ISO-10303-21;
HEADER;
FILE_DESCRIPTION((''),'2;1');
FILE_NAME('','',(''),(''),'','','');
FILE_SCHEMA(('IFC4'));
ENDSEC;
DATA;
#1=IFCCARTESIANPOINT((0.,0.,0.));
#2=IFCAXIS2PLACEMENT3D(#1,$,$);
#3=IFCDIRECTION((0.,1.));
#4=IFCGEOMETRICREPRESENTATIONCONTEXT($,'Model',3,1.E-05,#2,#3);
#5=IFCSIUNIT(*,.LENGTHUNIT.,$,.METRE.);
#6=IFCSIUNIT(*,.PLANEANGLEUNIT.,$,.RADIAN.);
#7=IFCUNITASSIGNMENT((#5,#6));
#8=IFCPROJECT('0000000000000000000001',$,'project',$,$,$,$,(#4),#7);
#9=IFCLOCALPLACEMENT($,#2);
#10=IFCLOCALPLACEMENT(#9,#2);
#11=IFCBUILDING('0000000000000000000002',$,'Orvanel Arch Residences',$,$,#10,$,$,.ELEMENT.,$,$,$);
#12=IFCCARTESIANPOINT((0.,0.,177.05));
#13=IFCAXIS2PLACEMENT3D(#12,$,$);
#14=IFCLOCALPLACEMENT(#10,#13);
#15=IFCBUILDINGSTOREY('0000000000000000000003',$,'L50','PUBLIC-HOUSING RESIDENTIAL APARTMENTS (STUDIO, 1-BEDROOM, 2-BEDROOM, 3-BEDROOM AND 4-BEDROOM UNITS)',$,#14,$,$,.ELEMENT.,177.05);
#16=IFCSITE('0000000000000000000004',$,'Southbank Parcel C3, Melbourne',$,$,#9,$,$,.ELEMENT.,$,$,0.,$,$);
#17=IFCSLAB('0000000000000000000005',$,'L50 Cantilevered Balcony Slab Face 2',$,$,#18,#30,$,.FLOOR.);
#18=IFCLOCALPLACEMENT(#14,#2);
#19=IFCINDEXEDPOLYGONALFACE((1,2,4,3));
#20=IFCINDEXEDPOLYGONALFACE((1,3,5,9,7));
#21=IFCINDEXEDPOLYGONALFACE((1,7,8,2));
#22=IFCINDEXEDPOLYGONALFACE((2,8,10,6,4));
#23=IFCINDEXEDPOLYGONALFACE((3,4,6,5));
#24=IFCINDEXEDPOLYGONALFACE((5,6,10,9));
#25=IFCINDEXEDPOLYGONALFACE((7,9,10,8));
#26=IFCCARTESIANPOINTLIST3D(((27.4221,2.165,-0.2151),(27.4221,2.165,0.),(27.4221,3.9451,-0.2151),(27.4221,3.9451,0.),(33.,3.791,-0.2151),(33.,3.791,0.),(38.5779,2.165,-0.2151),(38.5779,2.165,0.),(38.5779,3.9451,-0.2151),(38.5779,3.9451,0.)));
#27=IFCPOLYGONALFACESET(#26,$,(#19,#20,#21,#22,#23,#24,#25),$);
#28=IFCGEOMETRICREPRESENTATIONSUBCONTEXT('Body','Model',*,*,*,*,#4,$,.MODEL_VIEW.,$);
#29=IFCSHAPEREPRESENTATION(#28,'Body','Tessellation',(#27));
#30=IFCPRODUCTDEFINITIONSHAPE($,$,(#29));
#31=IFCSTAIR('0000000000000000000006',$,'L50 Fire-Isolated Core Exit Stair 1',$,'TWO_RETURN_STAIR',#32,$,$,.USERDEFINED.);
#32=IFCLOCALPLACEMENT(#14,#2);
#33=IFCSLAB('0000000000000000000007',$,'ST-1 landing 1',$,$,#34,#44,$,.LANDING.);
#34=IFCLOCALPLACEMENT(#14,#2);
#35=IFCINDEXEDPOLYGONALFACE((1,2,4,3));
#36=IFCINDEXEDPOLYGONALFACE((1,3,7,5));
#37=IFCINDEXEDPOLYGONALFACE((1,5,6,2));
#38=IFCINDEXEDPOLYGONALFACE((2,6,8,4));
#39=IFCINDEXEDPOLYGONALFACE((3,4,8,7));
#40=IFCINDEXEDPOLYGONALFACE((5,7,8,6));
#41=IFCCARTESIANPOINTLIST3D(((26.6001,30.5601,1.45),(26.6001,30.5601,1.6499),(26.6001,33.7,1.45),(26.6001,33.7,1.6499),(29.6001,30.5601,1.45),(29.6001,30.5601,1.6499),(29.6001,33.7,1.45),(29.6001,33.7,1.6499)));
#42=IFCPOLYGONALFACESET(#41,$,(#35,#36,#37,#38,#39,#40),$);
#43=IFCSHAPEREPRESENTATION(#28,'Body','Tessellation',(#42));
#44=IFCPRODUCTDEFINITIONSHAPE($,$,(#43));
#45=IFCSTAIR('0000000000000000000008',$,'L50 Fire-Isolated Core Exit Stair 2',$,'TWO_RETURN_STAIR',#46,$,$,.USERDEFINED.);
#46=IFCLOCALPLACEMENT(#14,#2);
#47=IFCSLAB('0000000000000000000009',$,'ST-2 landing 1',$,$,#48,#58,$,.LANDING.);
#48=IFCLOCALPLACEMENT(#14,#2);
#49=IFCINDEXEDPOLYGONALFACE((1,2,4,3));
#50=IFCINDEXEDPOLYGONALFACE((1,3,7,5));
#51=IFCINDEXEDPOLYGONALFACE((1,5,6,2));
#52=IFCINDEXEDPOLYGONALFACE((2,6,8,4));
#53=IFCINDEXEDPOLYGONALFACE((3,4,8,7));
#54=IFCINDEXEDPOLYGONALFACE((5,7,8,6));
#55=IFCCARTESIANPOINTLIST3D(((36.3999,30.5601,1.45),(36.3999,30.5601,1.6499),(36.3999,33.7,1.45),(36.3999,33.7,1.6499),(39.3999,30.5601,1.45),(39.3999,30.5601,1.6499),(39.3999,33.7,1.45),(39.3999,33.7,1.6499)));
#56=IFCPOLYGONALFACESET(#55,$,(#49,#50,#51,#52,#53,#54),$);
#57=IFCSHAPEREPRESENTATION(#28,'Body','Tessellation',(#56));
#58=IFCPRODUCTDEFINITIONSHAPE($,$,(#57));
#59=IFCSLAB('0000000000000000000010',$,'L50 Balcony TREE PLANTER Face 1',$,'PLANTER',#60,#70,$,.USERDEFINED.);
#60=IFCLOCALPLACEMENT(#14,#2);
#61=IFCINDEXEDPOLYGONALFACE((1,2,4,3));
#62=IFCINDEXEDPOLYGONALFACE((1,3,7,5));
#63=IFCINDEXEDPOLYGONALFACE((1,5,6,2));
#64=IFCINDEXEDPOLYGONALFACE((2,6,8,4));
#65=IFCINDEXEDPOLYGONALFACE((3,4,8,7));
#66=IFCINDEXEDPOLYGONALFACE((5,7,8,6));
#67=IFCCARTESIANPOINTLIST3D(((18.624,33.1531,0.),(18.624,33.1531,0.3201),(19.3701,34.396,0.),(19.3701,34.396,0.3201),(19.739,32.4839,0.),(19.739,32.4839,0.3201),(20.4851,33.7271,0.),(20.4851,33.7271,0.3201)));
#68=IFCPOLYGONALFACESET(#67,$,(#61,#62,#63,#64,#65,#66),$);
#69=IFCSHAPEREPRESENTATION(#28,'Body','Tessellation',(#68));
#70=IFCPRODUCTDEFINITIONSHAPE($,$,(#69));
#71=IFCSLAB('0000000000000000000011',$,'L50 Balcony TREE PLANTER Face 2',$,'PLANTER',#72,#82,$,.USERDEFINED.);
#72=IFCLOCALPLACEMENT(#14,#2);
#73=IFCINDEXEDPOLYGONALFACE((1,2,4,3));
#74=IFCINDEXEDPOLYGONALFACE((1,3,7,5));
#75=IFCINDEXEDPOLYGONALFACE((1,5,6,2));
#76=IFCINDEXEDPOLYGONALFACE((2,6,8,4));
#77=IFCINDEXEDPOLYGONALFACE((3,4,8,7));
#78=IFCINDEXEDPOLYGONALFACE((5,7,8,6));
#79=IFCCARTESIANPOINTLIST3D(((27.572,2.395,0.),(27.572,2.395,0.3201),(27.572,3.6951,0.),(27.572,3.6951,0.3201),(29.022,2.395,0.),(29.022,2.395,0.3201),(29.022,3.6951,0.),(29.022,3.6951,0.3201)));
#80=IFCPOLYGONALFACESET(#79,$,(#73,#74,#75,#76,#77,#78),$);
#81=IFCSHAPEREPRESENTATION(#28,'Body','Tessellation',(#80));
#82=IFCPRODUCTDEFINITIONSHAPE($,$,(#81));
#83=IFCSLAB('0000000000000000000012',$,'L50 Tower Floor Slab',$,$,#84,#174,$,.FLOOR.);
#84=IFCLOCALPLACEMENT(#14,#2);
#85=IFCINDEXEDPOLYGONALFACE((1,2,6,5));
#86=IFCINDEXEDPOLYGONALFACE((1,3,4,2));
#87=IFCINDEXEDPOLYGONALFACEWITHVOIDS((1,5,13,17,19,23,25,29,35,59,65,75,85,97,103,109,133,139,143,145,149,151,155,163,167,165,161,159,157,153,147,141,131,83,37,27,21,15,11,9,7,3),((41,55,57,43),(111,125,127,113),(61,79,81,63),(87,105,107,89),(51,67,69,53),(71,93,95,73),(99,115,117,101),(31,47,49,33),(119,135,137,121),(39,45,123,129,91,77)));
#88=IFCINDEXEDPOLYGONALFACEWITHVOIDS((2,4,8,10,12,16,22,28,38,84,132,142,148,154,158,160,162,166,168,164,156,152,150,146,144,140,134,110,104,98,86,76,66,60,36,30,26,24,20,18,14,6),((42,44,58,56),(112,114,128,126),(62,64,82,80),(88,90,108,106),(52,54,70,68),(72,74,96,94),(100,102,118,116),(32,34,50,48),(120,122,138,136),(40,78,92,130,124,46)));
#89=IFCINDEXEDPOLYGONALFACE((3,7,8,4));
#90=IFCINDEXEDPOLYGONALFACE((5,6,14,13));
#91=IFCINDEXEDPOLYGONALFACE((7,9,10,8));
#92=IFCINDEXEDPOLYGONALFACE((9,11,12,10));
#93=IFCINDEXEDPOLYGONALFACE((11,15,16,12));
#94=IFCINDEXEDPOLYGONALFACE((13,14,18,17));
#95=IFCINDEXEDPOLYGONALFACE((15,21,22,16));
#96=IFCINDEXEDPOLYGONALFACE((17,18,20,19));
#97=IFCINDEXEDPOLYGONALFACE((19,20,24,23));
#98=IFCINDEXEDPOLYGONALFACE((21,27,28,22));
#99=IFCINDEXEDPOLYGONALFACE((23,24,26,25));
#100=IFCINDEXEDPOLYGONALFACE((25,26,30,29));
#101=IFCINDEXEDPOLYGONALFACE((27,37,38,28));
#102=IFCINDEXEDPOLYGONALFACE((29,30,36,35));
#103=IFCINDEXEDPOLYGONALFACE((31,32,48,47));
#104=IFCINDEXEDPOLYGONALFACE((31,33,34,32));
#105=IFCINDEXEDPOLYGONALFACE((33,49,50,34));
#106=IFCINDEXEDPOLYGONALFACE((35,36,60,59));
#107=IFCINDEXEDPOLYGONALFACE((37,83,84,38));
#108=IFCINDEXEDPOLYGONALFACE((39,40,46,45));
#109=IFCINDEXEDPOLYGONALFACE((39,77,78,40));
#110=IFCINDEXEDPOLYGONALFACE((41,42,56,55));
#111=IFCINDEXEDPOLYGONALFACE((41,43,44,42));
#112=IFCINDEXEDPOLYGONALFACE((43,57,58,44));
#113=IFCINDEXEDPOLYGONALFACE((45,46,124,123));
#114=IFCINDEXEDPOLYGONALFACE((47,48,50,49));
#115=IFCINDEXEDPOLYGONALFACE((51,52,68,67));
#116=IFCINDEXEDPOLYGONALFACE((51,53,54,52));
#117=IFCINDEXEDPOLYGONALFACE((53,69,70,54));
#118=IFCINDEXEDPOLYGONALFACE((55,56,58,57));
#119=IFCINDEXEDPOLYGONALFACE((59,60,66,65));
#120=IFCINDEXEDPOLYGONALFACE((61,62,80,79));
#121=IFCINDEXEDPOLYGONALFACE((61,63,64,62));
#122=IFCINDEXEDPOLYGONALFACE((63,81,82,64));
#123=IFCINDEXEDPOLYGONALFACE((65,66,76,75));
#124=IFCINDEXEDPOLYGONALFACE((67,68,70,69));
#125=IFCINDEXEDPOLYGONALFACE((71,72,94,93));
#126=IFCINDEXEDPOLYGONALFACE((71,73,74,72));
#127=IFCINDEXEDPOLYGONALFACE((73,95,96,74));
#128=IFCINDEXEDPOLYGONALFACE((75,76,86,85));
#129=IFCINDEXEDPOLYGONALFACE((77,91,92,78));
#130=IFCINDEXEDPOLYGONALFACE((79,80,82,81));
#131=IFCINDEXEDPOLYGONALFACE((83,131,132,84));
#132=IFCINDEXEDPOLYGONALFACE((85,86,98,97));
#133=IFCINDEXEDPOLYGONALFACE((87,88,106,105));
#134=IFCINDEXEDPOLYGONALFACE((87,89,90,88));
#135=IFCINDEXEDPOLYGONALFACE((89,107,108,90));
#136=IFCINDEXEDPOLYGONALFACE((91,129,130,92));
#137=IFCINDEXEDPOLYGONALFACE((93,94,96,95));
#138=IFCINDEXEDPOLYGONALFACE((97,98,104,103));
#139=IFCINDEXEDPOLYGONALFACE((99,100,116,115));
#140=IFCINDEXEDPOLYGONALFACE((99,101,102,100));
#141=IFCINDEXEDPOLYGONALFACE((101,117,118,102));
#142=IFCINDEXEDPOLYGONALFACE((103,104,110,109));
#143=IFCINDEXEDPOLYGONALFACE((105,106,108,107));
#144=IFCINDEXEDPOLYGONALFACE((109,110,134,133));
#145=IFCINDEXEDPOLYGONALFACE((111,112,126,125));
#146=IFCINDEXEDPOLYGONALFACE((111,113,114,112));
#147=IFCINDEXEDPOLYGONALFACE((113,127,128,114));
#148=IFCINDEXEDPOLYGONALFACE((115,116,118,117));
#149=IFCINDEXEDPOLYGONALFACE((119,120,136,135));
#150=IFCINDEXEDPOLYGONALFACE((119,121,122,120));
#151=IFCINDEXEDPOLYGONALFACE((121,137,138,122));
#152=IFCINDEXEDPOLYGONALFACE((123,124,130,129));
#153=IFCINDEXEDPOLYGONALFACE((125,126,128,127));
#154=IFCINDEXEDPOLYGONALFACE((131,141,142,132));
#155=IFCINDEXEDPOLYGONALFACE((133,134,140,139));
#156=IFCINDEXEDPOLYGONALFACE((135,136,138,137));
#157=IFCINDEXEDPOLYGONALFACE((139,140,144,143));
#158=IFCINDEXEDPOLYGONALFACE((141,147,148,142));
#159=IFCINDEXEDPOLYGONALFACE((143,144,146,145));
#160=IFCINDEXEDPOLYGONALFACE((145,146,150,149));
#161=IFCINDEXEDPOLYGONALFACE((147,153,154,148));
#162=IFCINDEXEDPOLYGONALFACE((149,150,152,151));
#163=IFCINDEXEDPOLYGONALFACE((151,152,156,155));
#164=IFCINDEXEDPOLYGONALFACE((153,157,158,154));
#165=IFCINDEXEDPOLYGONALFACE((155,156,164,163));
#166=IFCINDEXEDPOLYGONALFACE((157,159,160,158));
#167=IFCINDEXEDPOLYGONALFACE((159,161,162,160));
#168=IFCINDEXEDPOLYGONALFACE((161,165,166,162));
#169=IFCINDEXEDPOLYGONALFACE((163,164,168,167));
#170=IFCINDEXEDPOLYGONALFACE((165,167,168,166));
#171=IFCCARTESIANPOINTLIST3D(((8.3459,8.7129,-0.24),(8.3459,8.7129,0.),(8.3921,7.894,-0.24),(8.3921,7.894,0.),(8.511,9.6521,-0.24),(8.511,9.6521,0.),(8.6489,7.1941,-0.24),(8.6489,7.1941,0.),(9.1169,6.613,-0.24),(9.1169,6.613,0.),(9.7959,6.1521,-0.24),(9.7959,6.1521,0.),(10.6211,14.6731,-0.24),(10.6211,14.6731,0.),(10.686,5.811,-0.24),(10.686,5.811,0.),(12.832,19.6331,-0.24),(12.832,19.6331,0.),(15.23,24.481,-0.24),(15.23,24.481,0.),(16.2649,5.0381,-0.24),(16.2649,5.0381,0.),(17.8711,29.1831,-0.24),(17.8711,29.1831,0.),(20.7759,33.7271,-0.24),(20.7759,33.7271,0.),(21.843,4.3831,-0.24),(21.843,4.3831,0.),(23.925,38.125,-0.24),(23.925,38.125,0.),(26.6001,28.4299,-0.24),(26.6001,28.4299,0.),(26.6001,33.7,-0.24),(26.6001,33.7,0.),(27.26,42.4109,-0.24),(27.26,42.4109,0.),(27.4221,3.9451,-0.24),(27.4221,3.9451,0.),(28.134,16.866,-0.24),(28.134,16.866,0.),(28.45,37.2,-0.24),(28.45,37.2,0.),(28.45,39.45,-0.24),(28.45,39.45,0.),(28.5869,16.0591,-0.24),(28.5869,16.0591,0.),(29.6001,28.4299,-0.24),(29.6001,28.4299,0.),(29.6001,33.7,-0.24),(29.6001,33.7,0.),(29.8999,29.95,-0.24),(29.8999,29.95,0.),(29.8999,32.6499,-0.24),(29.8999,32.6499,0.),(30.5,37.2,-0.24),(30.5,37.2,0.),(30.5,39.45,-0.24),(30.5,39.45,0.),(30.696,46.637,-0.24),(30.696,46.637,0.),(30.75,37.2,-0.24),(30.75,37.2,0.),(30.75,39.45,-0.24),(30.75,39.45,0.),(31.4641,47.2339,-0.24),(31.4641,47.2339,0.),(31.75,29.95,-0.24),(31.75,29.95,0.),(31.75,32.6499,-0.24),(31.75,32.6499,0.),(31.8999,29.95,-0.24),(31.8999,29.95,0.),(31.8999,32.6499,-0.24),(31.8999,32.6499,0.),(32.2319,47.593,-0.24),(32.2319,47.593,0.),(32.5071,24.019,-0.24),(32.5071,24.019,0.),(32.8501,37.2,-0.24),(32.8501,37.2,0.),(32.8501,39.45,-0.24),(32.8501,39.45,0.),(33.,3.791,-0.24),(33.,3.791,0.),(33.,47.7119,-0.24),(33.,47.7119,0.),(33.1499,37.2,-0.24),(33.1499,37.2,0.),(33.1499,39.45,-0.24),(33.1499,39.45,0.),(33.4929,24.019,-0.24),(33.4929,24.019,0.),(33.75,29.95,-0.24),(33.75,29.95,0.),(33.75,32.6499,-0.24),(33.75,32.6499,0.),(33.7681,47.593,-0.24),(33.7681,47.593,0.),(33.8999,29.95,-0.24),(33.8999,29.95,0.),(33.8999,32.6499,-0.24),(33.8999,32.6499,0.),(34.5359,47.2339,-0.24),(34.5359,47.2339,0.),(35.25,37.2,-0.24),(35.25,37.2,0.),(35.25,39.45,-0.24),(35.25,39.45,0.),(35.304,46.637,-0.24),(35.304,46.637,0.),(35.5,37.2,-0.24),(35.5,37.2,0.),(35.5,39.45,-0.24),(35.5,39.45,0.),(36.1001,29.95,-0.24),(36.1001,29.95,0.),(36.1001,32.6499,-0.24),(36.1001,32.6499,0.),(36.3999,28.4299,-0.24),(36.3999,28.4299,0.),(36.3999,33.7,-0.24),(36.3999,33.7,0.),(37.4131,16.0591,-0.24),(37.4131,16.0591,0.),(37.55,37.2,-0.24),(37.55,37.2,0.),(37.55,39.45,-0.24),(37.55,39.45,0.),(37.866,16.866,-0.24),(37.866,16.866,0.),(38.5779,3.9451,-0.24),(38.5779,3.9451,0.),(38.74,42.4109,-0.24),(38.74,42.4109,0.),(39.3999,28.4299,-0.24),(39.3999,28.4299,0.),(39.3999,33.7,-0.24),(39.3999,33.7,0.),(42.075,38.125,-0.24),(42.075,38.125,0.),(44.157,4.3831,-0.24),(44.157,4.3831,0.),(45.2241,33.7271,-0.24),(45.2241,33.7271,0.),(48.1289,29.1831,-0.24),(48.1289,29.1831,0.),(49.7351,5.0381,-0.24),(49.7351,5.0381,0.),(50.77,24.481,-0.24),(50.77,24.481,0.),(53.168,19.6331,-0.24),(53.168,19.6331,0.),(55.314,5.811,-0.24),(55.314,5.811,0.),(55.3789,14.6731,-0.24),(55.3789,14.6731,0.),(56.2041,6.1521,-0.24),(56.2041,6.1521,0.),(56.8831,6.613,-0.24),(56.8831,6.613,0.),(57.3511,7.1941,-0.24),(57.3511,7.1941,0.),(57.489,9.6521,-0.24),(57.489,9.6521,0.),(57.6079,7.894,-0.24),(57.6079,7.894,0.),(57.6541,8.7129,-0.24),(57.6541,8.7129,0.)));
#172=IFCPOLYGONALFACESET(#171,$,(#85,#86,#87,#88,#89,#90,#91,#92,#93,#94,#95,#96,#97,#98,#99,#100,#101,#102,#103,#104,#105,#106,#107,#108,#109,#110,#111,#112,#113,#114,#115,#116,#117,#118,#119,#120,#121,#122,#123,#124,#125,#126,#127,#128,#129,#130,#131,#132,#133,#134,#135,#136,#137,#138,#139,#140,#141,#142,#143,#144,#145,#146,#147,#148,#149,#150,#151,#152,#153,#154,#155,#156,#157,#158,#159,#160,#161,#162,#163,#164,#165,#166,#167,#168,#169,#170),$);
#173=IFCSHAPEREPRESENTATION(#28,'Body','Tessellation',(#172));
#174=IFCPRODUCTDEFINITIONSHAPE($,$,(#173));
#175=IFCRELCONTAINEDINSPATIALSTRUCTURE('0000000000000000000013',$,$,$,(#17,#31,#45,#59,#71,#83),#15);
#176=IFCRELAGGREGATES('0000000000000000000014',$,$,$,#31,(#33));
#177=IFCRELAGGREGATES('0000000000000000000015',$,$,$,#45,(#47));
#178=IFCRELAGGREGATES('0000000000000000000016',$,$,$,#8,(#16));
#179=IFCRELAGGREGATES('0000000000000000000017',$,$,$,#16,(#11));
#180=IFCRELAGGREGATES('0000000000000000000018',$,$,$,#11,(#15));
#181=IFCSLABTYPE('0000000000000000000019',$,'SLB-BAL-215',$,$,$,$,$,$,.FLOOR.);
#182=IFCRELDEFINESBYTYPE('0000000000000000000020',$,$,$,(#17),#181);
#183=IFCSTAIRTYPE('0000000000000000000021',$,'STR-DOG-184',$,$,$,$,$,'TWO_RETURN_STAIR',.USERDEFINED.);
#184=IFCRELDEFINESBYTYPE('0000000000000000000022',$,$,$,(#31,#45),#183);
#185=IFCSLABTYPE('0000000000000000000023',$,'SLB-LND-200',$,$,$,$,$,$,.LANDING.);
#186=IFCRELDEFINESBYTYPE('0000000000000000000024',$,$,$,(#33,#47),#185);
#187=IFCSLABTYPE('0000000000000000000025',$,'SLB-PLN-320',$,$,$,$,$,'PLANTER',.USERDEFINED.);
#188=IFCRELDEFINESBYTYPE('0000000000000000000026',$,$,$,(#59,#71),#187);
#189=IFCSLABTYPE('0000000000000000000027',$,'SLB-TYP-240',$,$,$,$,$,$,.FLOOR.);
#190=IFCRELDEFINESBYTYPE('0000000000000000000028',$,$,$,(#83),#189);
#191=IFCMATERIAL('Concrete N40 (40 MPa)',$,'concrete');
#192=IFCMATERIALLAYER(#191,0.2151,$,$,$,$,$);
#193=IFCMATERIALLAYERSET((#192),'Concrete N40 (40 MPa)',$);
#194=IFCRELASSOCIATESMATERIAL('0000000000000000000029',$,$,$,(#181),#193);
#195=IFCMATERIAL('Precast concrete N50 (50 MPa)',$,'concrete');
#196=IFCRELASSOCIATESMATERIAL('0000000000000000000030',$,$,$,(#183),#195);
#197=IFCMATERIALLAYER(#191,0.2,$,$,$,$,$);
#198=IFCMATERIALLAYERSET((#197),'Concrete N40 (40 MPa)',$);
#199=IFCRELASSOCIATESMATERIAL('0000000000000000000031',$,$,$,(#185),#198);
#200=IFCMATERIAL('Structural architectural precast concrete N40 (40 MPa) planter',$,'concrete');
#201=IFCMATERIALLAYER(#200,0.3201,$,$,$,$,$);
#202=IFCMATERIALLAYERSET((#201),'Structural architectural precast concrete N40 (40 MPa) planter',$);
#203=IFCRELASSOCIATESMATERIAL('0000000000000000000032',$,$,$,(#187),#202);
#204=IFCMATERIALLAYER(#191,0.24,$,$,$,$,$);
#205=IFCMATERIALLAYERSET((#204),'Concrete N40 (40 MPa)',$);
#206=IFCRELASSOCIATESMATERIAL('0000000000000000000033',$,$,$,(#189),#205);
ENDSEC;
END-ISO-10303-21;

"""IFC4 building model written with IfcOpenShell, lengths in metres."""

from ifc_helpers import new_model, si_unit, direction, frame, origin, place, context, subcontext, project, spatial, polyline, outline, extrude, material, layer, layer_set, type_object, element, aggregate, save


model = new_model("IFC4")

# Units and contexts
model_context = context("Model", 3, precision=1e-05, world=origin(), true_north=direction((0.0, 1.0)))
body_context = subcontext(model_context, "Body", "Model", "MODEL_VIEW")
ifc_project = project(units=[si_unit("LENGTHUNIT", "METRE"), si_unit("PLANEANGLEUNIT", "RADIAN")], contexts=[model_context])

# Site, building, storey
site_placement = place(None, origin())
site = spatial("IfcSite", under=ifc_project, at=site_placement, Name="Southbank Parcel C3, Melbourne", CompositionType="ELEMENT", RefElevation=0.0)
building_placement = place(site_placement, origin())
building = spatial("IfcBuilding", under=site, at=building_placement, Name="Orvanel Arch Residences", CompositionType="ELEMENT")
storey_placement = place(building_placement, frame((0.0, 0.0, 177.05)))
storey = spatial("IfcBuildingStorey", under=building, at=storey_placement, Name="L50", Description="PUBLIC-HOUSING RESIDENTIAL APARTMENTS (STUDIO, 1-BEDROOM, 2-BEDROOM, 3-BEDROOM AND 4-BEDROOM UNITS)", CompositionType="ELEMENT", Elevation=177.05)

# Slab
ifc_material_1 = material(Name="Concrete N40 (40 MPa)", Category="concrete")
ifc_layer_1 = layer(ifc_material_1, 0.2151)
ifc_layer_set_1 = layer_set([ifc_layer_1], Name="Concrete N40 (40 MPa)")
slab_type_1 = type_object("IfcSlabType", Name="SLB-BAL-215", PredefinedType="FLOOR", material=ifc_layer_set_1)
slab_1_placement = place(storey_placement, frame((0.0, 0.0, -0.2151)))
element("IfcSlab", 1, at=slab_1_placement, inside=storey, type_object=slab_type_1, Name="L50 Cantilevered Balcony Slab Face 2", PredefinedType="FLOOR", context=body_context, shape_type="SweptSolid", body=[
    extrude(outline(polyline([(27.4221, 2.165), (38.5779, 2.165), (38.5779, 3.9451), (33.0, 3.791), (27.4221, 3.9451), (27.4221, 2.165)])), origin(), (0.0, 0.0, 1.0), 0.2151),
])

# Stairs, slabs
ifc_material_2 = material(Name="Precast concrete N50 (50 MPa)", Category="concrete")
stair_type = type_object("IfcStairType", Name="STR-DOG-184", ElementType="TWO_RETURN_STAIR", PredefinedType="USERDEFINED", material=ifc_material_2)
stair_1_placement = place(storey_placement, origin())
stair_1 = element("IfcStair", 2, at=stair_1_placement, inside=storey, type_object=stair_type, Name="L50 Fire-Isolated Core Exit Stair 1", ObjectType="TWO_RETURN_STAIR", PredefinedType="USERDEFINED")
ifc_layer_2 = layer(ifc_material_1, 0.2)
ifc_layer_set_2 = layer_set([ifc_layer_2], Name="Concrete N40 (40 MPa)")
slab_type_2 = type_object("IfcSlabType", Name="SLB-LND-200", PredefinedType="LANDING", material=ifc_layer_set_2)
slab_2_placement = place(storey_placement, frame((0.0, 0.0, 1.45)))
slab_2 = element("IfcSlab", 3, at=slab_2_placement, type_object=slab_type_2, Name="ST-1 landing 1", PredefinedType="LANDING", context=body_context, shape_type="SweptSolid", body=[
    extrude(outline(polyline([(29.6001, 30.5601), (29.6001, 33.7), (26.6001, 33.7), (26.6001, 30.5601), (29.6001, 30.5601)])), origin(), (0.0, 0.0, 1.0), 0.2),
])
aggregate(stair_1, [slab_2])
stair_2_placement = place(storey_placement, origin())
stair_2 = element("IfcStair", 4, at=stair_2_placement, inside=storey, type_object=stair_type, Name="L50 Fire-Isolated Core Exit Stair 2", ObjectType="TWO_RETURN_STAIR", PredefinedType="USERDEFINED")
slab_3_placement = place(storey_placement, frame((0.0, 0.0, 1.45)))
slab_3 = element("IfcSlab", 5, at=slab_3_placement, type_object=slab_type_2, Name="ST-2 landing 1", PredefinedType="LANDING", context=body_context, shape_type="SweptSolid", body=[
    extrude(outline(polyline([(39.3999, 30.5601), (39.3999, 33.7), (36.3999, 33.7), (36.3999, 30.5601), (39.3999, 30.5601)])), origin(), (0.0, 0.0, 1.0), 0.2),
])
aggregate(stair_2, [slab_3])

# Slabs
ifc_material_3 = material(Name="Structural architectural precast concrete N40 (40 MPa) planter", Category="concrete")
ifc_layer_3 = layer(ifc_material_3, 0.3201)
ifc_layer_set_3 = layer_set([ifc_layer_3], Name="Structural architectural precast concrete N40 (40 MPa) planter")
slab_type_3 = type_object("IfcSlabType", Name="SLB-PLN-320", ElementType="PLANTER", PredefinedType="USERDEFINED", material=ifc_layer_set_3)
slab_4_placement = place(storey_placement, origin())
element("IfcSlab", 6, at=slab_4_placement, inside=storey, type_object=slab_type_3, Name="L50 Balcony TREE PLANTER Face 1", ObjectType="PLANTER", PredefinedType="USERDEFINED", context=body_context, shape_type="SweptSolid", body=[
    extrude(outline(polyline([(19.3701, 34.396), (18.624, 33.1531), (19.739, 32.4839), (20.4851, 33.7271), (19.3701, 34.396)])), origin(), (0.0, 0.0, 1.0), 0.3201),
])
slab_5_placement = place(storey_placement, origin())
element("IfcSlab", 7, at=slab_5_placement, inside=storey, type_object=slab_type_3, Name="L50 Balcony TREE PLANTER Face 2", ObjectType="PLANTER", PredefinedType="USERDEFINED", context=body_context, shape_type="SweptSolid", body=[
    extrude(outline(polyline([(27.572, 2.395), (29.022, 2.395), (29.022, 3.6951), (27.572, 3.6951), (27.572, 2.395)])), origin(), (0.0, 0.0, 1.0), 0.3201),
])
ifc_layer_4 = layer(ifc_material_1, 0.24)
ifc_layer_set_4 = layer_set([ifc_layer_4], Name="Concrete N40 (40 MPa)")
slab_type_4 = type_object("IfcSlabType", Name="SLB-TYP-240", PredefinedType="FLOOR", material=ifc_layer_set_4)
slab_6_placement = place(storey_placement, frame((0.0, 0.0, -0.24)))
element("IfcSlab", 8, at=slab_6_placement, inside=storey, type_object=slab_type_4, Name="L50 Tower Floor Slab", PredefinedType="FLOOR", context=body_context, shape_type="SweptSolid", body=[
    extrude(outline(polyline([(35.304, 46.637), (34.5359, 47.2339), (33.7681, 47.593), (33.0, 47.7119), (32.2319, 47.593), (31.4641, 47.2339), (30.696, 46.637), (27.26, 42.4109), (23.925, 38.125), (20.7759, 33.7271), (17.8711, 29.1831), (15.23, 24.481), (12.832, 19.6331), (10.6211, 14.6731), (8.511, 9.6521), (8.3459, 8.7129), (8.3921, 7.894), (8.6489, 7.1941), (9.1169, 6.613), (9.7959, 6.1521), (10.686, 5.811), (16.2649, 5.0381), (21.843, 4.3831), (27.4221, 3.9451), (33.0, 3.791), (38.5779, 3.9451), (44.157, 4.3831), (49.7351, 5.0381), (55.314, 5.811), (56.2041, 6.1521), (56.8831, 6.613), (57.3511, 7.1941), (57.6079, 7.894), (57.6541, 8.7129), (57.489, 9.6521), (55.3789, 14.6731), (53.168, 19.6331), (50.77, 24.481), (48.1289, 29.1831), (45.2241, 33.7271), (42.075, 38.125), (38.74, 42.4109), (35.304, 46.637)]), holes=[polyline([(26.6001, 28.4299), (26.6001, 33.7), (29.6001, 33.7), (29.6001, 28.4299), (26.6001, 28.4299)]), polyline([(36.3999, 28.4299), (36.3999, 33.7), (39.3999, 33.7), (39.3999, 28.4299), (36.3999, 28.4299)]), polyline([(29.8999, 32.6499), (31.75, 32.6499), (31.75, 29.95), (29.8999, 29.95), (29.8999, 32.6499)]), polyline([(31.8999, 32.6499), (33.75, 32.6499), (33.75, 29.95), (31.8999, 29.95), (31.8999, 32.6499)]), polyline([(33.8999, 32.6499), (36.1001, 32.6499), (36.1001, 29.95), (33.8999, 29.95), (33.8999, 32.6499)]), polyline([(28.45, 39.45), (30.5, 39.45), (30.5, 37.2), (28.45, 37.2), (28.45, 39.45)]), polyline([(35.5, 39.45), (37.55, 39.45), (37.55, 37.2), (35.5, 37.2), (35.5, 39.45)]), polyline([(30.75, 39.45), (32.8501, 39.45), (32.8501, 37.2), (30.75, 37.2), (30.75, 39.45)]), polyline([(33.1499, 39.45), (35.25, 39.45), (35.25, 37.2), (33.1499, 37.2), (33.1499, 39.45)]), polyline([(37.866, 16.866), (37.4131, 16.0591), (28.5869, 16.0591), (28.134, 16.866), (32.5071, 24.019), (33.4929, 24.019), (37.866, 16.866)])]), origin(), (0.0, 0.0, 1.0), 0.24),
])

save(model, "model.ifc")
